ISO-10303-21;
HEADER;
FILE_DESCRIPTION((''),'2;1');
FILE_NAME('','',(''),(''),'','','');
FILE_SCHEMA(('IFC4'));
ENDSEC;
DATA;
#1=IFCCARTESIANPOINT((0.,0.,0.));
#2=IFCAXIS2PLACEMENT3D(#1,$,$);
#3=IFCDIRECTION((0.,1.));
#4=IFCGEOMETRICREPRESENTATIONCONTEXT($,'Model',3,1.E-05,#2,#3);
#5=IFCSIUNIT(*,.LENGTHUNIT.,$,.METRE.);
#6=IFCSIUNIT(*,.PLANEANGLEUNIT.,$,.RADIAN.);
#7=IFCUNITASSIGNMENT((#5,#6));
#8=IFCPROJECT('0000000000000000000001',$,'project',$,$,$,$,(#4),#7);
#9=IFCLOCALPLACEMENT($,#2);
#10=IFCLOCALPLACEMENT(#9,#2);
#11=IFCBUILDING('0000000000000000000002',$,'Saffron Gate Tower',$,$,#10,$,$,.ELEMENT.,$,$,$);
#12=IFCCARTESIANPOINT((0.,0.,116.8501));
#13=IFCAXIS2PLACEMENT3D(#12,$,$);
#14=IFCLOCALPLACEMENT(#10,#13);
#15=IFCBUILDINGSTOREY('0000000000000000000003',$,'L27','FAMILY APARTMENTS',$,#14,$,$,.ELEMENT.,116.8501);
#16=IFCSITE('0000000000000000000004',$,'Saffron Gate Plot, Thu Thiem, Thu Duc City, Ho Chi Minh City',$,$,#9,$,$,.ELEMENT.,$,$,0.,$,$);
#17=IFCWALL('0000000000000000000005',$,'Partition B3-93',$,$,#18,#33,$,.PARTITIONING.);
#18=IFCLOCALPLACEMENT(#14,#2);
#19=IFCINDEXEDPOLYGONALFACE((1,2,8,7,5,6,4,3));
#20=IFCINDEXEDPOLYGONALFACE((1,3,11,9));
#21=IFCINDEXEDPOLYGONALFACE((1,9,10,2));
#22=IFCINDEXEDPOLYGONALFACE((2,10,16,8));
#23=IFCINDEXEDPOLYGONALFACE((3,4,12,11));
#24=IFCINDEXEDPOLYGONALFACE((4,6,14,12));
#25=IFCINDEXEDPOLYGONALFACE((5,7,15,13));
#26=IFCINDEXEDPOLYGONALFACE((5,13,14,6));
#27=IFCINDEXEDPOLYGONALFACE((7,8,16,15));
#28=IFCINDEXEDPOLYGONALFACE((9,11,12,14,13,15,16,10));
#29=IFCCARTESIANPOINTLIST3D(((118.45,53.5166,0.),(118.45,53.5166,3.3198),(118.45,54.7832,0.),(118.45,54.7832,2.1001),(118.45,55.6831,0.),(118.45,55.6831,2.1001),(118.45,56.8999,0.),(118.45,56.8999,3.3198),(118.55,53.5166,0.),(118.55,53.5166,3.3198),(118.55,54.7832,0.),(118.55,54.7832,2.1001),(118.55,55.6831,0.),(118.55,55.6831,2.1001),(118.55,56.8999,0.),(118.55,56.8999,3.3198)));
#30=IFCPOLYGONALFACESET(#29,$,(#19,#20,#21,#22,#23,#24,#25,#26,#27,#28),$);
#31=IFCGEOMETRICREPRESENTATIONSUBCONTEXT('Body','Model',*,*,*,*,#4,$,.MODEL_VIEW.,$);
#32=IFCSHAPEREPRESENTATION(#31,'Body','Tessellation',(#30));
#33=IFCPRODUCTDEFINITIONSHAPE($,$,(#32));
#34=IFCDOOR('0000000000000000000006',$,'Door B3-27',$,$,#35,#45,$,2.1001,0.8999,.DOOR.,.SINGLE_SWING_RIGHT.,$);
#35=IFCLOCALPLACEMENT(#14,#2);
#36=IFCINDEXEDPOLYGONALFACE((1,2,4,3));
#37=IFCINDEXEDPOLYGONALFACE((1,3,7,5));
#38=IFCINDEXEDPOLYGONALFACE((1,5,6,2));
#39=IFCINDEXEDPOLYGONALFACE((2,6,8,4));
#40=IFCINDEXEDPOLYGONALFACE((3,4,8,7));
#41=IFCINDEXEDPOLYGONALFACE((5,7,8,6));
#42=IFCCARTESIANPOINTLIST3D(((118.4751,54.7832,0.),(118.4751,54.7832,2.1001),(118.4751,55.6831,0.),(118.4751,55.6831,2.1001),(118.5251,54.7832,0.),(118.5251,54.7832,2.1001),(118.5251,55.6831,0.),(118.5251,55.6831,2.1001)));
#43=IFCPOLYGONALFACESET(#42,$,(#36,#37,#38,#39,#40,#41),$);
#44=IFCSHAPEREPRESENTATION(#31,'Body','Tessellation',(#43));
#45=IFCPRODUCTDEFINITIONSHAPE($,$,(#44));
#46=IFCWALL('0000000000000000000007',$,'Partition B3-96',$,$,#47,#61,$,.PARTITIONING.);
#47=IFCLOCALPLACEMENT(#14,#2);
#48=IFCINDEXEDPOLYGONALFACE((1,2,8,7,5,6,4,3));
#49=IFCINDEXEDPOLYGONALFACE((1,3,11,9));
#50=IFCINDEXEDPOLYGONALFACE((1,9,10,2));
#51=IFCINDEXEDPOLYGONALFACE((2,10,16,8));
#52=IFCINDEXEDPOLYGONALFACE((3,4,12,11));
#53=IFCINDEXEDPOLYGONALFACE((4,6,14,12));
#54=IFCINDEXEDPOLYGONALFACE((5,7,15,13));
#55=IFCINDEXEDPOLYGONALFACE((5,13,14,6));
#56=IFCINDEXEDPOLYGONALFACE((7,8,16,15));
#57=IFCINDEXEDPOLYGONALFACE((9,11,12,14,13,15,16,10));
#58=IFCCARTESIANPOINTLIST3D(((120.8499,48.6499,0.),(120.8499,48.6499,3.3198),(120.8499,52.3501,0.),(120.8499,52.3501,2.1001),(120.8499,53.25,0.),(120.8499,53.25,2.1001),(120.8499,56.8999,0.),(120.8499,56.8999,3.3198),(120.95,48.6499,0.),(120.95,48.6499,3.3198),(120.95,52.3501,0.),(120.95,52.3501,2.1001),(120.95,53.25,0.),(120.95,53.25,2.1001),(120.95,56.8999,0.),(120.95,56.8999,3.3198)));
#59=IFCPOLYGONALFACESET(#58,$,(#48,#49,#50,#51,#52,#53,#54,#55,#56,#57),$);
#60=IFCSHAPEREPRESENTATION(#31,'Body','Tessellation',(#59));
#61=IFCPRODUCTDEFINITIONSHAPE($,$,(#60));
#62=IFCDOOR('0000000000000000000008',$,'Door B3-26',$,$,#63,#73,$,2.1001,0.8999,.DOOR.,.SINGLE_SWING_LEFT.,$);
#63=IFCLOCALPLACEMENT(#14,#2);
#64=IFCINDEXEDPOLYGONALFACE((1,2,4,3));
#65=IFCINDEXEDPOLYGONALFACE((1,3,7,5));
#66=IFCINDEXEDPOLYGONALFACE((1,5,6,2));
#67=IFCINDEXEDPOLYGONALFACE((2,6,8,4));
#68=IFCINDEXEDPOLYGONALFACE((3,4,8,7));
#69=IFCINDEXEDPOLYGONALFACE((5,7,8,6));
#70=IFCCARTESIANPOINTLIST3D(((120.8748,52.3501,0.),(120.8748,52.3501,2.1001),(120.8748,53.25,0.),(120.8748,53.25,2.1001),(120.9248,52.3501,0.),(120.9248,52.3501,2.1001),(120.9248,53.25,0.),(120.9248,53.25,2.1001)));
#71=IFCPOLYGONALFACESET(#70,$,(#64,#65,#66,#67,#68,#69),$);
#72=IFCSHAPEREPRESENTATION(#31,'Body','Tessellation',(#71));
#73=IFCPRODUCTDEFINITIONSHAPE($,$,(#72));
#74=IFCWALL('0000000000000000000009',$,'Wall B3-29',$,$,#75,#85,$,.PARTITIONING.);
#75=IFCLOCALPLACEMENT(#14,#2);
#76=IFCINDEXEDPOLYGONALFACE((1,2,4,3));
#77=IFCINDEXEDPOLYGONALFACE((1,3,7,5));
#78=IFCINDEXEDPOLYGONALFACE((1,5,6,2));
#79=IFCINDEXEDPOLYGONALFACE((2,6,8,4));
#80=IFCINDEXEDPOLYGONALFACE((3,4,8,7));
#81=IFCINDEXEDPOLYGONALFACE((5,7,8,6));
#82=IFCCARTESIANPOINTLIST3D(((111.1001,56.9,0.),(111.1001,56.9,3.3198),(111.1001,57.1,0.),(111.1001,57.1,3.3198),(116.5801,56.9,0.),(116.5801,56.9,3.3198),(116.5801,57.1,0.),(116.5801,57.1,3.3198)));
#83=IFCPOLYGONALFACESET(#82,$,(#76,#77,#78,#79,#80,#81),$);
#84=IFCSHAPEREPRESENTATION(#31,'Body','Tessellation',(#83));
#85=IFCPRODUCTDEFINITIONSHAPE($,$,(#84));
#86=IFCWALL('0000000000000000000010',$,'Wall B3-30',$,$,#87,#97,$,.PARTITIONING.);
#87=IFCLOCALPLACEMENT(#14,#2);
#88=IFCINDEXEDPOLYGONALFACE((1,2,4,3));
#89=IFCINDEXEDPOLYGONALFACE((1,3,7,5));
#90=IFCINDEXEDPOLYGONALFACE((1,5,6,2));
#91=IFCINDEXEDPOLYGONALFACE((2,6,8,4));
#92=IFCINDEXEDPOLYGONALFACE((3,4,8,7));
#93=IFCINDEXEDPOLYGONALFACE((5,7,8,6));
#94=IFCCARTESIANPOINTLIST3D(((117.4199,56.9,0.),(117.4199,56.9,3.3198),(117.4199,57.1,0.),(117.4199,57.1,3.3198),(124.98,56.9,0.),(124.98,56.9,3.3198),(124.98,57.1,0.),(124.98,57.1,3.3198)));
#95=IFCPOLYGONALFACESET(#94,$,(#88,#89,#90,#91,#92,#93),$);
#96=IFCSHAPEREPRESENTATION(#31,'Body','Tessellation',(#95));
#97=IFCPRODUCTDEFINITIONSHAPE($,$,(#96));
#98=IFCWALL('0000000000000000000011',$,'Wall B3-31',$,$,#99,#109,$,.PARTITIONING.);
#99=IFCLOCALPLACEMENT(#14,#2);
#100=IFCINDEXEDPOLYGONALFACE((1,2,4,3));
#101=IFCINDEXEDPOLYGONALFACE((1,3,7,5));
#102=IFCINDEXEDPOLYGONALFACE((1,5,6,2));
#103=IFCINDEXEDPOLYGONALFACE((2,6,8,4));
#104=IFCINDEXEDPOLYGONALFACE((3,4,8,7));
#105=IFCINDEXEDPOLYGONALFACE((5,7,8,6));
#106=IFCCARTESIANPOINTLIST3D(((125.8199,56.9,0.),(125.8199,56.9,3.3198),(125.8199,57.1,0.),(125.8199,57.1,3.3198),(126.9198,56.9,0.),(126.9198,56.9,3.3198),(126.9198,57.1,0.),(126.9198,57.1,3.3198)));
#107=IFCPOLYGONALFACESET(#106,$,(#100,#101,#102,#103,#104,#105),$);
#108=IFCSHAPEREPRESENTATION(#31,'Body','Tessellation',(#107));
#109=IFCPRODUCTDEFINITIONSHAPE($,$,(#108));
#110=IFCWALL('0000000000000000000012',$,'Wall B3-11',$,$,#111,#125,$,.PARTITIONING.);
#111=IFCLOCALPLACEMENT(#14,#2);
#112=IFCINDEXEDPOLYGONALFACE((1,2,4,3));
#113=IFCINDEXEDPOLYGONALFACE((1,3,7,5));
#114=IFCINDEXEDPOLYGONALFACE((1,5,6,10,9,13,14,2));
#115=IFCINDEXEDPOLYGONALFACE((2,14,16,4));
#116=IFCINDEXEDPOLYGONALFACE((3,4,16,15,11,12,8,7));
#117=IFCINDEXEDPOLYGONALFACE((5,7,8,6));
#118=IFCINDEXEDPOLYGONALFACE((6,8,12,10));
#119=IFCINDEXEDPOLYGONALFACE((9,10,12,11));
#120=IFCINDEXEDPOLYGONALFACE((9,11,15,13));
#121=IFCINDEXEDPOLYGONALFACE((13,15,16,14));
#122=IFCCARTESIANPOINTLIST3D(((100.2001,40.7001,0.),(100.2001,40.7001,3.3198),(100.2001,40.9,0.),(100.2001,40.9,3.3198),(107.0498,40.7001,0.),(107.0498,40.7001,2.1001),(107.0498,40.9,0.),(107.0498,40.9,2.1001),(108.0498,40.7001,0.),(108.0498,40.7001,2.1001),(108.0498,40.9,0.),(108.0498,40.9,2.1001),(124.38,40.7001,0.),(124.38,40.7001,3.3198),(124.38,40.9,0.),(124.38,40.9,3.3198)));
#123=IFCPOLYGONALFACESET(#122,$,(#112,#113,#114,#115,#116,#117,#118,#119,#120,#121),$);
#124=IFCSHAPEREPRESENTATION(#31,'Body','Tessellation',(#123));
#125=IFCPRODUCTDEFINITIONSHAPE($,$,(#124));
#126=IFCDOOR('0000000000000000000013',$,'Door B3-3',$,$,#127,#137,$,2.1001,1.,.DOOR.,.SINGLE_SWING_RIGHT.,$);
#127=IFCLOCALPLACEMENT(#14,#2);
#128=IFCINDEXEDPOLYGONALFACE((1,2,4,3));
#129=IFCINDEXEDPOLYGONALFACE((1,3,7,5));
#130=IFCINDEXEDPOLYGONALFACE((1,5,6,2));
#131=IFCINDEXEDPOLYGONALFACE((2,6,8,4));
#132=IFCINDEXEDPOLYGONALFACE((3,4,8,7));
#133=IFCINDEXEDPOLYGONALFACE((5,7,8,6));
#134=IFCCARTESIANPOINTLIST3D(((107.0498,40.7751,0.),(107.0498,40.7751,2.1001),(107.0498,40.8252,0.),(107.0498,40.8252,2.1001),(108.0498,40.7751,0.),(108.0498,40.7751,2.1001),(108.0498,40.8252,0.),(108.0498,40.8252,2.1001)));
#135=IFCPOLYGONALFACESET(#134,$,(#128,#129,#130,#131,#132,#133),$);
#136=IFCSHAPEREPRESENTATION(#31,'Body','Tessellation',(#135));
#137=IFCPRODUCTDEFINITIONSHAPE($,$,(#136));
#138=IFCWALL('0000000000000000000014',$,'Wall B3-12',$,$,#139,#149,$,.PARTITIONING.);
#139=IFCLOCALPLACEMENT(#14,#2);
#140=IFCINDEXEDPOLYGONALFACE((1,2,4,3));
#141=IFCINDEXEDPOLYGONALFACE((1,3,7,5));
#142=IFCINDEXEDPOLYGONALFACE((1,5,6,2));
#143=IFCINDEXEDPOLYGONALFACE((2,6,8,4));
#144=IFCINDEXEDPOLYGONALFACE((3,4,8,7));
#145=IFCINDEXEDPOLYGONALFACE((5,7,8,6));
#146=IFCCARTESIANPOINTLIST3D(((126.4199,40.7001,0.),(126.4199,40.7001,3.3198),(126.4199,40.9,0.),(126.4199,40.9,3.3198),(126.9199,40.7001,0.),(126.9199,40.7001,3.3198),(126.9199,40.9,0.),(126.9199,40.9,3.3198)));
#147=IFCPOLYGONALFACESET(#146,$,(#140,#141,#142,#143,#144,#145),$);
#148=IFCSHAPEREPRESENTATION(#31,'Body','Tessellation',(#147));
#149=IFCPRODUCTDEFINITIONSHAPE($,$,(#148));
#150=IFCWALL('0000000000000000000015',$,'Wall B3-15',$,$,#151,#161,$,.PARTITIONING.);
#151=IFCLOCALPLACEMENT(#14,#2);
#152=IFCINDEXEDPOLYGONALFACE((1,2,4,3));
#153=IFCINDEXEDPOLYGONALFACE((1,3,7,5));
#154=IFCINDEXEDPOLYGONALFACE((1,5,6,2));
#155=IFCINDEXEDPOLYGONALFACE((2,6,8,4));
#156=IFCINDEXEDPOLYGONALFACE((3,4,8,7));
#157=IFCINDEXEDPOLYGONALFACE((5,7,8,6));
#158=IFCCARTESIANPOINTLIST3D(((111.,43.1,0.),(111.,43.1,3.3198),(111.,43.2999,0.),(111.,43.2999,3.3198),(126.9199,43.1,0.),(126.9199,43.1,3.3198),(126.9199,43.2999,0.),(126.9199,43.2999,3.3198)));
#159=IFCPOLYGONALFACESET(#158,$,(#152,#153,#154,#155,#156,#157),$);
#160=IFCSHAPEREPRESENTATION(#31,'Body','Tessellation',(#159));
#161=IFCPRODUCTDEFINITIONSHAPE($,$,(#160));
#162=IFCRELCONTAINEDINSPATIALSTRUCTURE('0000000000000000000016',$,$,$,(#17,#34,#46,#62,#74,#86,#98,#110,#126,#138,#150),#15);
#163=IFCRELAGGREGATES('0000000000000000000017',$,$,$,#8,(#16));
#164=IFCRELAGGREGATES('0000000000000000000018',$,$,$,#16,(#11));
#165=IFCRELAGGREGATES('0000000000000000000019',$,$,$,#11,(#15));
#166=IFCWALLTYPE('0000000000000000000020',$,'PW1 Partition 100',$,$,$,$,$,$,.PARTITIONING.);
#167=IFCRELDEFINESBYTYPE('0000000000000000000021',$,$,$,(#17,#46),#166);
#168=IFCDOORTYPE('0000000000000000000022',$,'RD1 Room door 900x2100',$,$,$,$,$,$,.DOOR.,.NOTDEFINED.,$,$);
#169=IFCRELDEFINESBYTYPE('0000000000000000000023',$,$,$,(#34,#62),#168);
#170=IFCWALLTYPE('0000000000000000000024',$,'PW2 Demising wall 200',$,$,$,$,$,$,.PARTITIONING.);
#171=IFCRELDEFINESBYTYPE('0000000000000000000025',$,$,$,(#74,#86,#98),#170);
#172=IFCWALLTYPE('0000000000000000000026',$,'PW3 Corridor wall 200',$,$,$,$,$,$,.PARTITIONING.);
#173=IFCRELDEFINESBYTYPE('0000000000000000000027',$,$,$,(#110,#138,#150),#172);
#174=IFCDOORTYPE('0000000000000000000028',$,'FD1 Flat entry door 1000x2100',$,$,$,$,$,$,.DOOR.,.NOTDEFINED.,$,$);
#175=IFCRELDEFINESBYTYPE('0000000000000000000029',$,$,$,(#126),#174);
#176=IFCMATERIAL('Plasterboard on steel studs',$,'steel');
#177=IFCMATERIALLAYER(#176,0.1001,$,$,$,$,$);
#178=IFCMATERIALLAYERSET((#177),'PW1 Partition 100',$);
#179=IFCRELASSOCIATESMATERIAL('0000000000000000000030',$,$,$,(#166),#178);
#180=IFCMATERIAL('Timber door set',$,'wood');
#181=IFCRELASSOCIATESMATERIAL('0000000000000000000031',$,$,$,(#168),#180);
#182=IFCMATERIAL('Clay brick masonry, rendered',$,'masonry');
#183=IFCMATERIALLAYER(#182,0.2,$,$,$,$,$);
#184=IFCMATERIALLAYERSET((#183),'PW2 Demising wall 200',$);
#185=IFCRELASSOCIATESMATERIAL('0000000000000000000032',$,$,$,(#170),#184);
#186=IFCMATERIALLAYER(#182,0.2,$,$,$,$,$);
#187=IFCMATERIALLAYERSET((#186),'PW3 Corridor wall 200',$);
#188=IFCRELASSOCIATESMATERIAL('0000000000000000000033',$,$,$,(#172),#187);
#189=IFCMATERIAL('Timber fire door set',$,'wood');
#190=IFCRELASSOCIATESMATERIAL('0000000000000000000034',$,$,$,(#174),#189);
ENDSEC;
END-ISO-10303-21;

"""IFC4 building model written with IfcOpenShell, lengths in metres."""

from ifc_helpers import new_model, si_unit, direction, frame, frame_2d, origin, place, context, subcontext, project, spatial, rectangle, extrude, material, layer, layer_set, type_object, element, fill, save


model = new_model("IFC4")

# Units and contexts
model_context = context("Model", 3, precision=1e-05, world=origin(), true_north=direction((0.0, 1.0)))
body_context = subcontext(model_context, "Body", "Model", "MODEL_VIEW")
ifc_project = project(units=[si_unit("LENGTHUNIT", "METRE"), si_unit("PLANEANGLEUNIT", "RADIAN")], contexts=[model_context])

# Site, building, storey
site_placement = place(None, origin())
site = spatial("IfcSite", under=ifc_project, at=site_placement, Name="Saffron Gate Plot, Thu Thiem, Thu Duc City, Ho Chi Minh City", CompositionType="ELEMENT", RefElevation=0.0)
building_placement = place(site_placement, origin())
building = spatial("IfcBuilding", under=site, at=building_placement, Name="Saffron Gate Tower", CompositionType="ELEMENT")
storey_placement = place(building_placement, frame((0.0, 0.0, 116.8501)))
storey = spatial("IfcBuildingStorey", under=building, at=storey_placement, Name="L27", Description="FAMILY APARTMENTS", CompositionType="ELEMENT", Elevation=116.8501)

# Shared definitions
ifc_material_1 = material(Name="Plasterboard on steel studs", Category="steel")
ifc_layer_1 = layer(ifc_material_1, 0.1001)
ifc_layer_set_1 = layer_set([ifc_layer_1], Name="PW1 Partition 100")
wall_type_1 = type_object("IfcWallType", Name="PW1 Partition 100", PredefinedType="PARTITIONING", material=ifc_layer_set_1)

# Shared definitions
ifc_material_2 = material(Name="Timber door set", Category="wood")

# Walls, openings, doors
wall_1_placement = place(storey_placement, frame((118.5, 53.5166, 0.0), z_axis=(0.0, 0.0, 1.0), x_axis=(0.0, 1.0, 0.0)))
wall_1 = element("IfcWall", 1, at=wall_1_placement, inside=storey, type_object=wall_type_1, Name="Partition B3-93", PredefinedType="PARTITIONING", context=body_context, shape_type="SweptSolid", body=[
    extrude(rectangle(XDim=3.3833, YDim=0.1001, at=frame_2d((1.6917, 0.0))), origin(), (0.0, 0.0, 1.0), 3.3198),
])
opening_1_placement = place(wall_1_placement, frame((1.2666, 0.0, 0.0)))
opening_1 = element("IfcOpeningElement", 2, at=opening_1_placement, cuts=wall_1, PredefinedType="OPENING", context=body_context, shape_type="SweptSolid", body=[
    extrude(rectangle(XDim=0.8999, YDim=2.1001, at=frame_2d((0.45, 1.05))), frame((0.0, 0.0601, 0.0), z_axis=(0.0, -1.0, 0.0), x_axis=(1.0, 0.0, 0.0)), (0.0, 0.0, 1.0), 0.1201),
])
door_type_1 = type_object("IfcDoorType", Name="RD1 Room door 900x2100", OperationType="NOTDEFINED", PredefinedType="DOOR", material=ifc_material_2)
door_1_placement = place(opening_1_placement, origin())
door_1 = element("IfcDoor", 3, at=door_1_placement, inside=storey, type_object=door_type_1, Name="Door B3-27", OperationType="SINGLE_SWING_RIGHT", OverallHeight=2.1001, OverallWidth=0.8999, PredefinedType="DOOR", context=body_context, shape_type="SweptSolid", body=[
    extrude(rectangle(XDim=0.8999, YDim=2.1001, at=frame_2d((0.45, 1.05))), frame((0.0, 0.0249, 0.0), z_axis=(0.0, -1.0, 0.0), x_axis=(1.0, 0.0, 0.0)), (0.0, 0.0, 1.0), 0.05),
])
fill(opening_1, door_1)
wall_2_placement = place(storey_placement, frame((120.8999, 56.8999, 0.0), z_axis=(0.0, 0.0, 1.0), x_axis=(0.0, -1.0, 0.0)))
wall_2 = element("IfcWall", 4, at=wall_2_placement, inside=storey, type_object=wall_type_1, Name="Partition B3-96", PredefinedType="PARTITIONING", context=body_context, shape_type="SweptSolid", body=[
    extrude(rectangle(XDim=8.25, YDim=0.1001, at=frame_2d((4.125, 0.0))), origin(), (0.0, 0.0, 1.0), 3.3198),
])
opening_2_placement = place(wall_2_placement, frame((3.6499, 0.0, 0.0)))
opening_2 = element("IfcOpeningElement", 5, at=opening_2_placement, cuts=wall_2, PredefinedType="OPENING", context=body_context, shape_type="SweptSolid", body=[
    extrude(rectangle(XDim=0.8999, YDim=2.1001, at=frame_2d((0.45, 1.05))), frame((0.0, 0.0601, 0.0), z_axis=(0.0, -1.0, 0.0), x_axis=(1.0, 0.0, 0.0)), (0.0, 0.0, 1.0), 0.1201),
])
door_2_placement = place(opening_2_placement, origin())
door_2 = element("IfcDoor", 6, at=door_2_placement, inside=storey, type_object=door_type_1, Name="Door B3-26", OperationType="SINGLE_SWING_LEFT", OverallHeight=2.1001, OverallWidth=0.8999, PredefinedType="DOOR", context=body_context, shape_type="SweptSolid", body=[
    extrude(rectangle(XDim=0.8999, YDim=2.1001, at=frame_2d((0.45, 1.05))), frame((0.0, 0.0249, 0.0), z_axis=(0.0, -1.0, 0.0), x_axis=(1.0, 0.0, 0.0)), (0.0, 0.0, 1.0), 0.05),
])
fill(opening_2, door_2)

# Walls
ifc_material_3 = material(Name="Clay brick masonry, rendered", Category="masonry")
ifc_layer_2 = layer(ifc_material_3, 0.2)
ifc_layer_set_2 = layer_set([ifc_layer_2], Name="PW2 Demising wall 200")
wall_type_2 = type_object("IfcWallType", Name="PW2 Demising wall 200", PredefinedType="PARTITIONING", material=ifc_layer_set_2)
wall_3_placement = place(storey_placement, frame((111.1001, 57.0, 0.0), z_axis=(0.0, 0.0, 1.0), x_axis=(1.0, 0.0, 0.0)))
element("IfcWall", 7, at=wall_3_placement, inside=storey, type_object=wall_type_2, Name="Wall B3-29", PredefinedType="PARTITIONING", context=body_context, shape_type="SweptSolid", body=[
    extrude(rectangle(XDim=5.48, YDim=0.2, at=frame_2d((2.74, 0.0))), origin(), (0.0, 0.0, 1.0), 3.3198),
])
wall_4_placement = place(storey_placement, frame((117.4199, 57.0, 0.0), z_axis=(0.0, 0.0, 1.0), x_axis=(1.0, 0.0, 0.0)))
element("IfcWall", 8, at=wall_4_placement, inside=storey, type_object=wall_type_2, Name="Wall B3-30", PredefinedType="PARTITIONING", context=body_context, shape_type="SweptSolid", body=[
    extrude(rectangle(XDim=7.5601, YDim=0.2, at=frame_2d((3.78, 0.0))), origin(), (0.0, 0.0, 1.0), 3.3198),
])
wall_5_placement = place(storey_placement, frame((125.8201, 57.0, 0.0), z_axis=(0.0, 0.0, 1.0), x_axis=(1.0, 0.0, 0.0)))
element("IfcWall", 9, at=wall_5_placement, inside=storey, type_object=wall_type_2, Name="Wall B3-31", PredefinedType="PARTITIONING", context=body_context, shape_type="SweptSolid", body=[
    extrude(rectangle(XDim=1.0999, YDim=0.2, at=frame_2d((0.5498, 0.0))), origin(), (0.0, 0.0, 1.0), 3.3198),
])

# Wall, opening, door
ifc_layer_3 = layer(ifc_material_3, 0.2)
ifc_layer_set_3 = layer_set([ifc_layer_3], Name="PW3 Corridor wall 200")
wall_type_3 = type_object("IfcWallType", Name="PW3 Corridor wall 200", PredefinedType="PARTITIONING", material=ifc_layer_set_3)
wall_6_placement = place(storey_placement, frame((124.3799, 40.8, 0.0), z_axis=(0.0, 0.0, 1.0), x_axis=(-1.0, 0.0, 0.0)))
wall_6 = element("IfcWall", 10, at=wall_6_placement, inside=storey, type_object=wall_type_3, Name="Wall B3-11", PredefinedType="PARTITIONING", context=body_context, shape_type="SweptSolid", body=[
    extrude(rectangle(XDim=24.1799, YDim=0.2, at=frame_2d((12.0898, 0.0))), origin(), (0.0, 0.0, 1.0), 3.3198),
])
opening_3_placement = place(wall_6_placement, frame((16.3301, 0.0, 0.0)))
opening_3 = element("IfcOpeningElement", 11, at=opening_3_placement, cuts=wall_6, PredefinedType="OPENING", context=body_context, shape_type="SweptSolid", body=[
    extrude(rectangle(XDim=1.0, YDim=2.1001, at=frame_2d((0.5, 1.05))), frame((0.0, 0.1099, 0.0), z_axis=(0.0, -1.0, 0.0), x_axis=(1.0, 0.0, 0.0)), (0.0, 0.0, 1.0), 0.22),
])
ifc_material_4 = material(Name="Timber fire door set", Category="wood")
door_type_2 = type_object("IfcDoorType", Name="FD1 Flat entry door 1000x2100", OperationType="NOTDEFINED", PredefinedType="DOOR", material=ifc_material_4)
door_3_placement = place(opening_3_placement, origin())
door_3 = element("IfcDoor", 12, at=door_3_placement, inside=storey, type_object=door_type_2, Name="Door B3-3", OperationType="SINGLE_SWING_RIGHT", OverallHeight=2.1001, OverallWidth=1.0, PredefinedType="DOOR", context=body_context, shape_type="SweptSolid", body=[
    extrude(rectangle(XDim=1.0, YDim=2.1001, at=frame_2d((0.5, 1.05))), frame((0.0, 0.0249, 0.0), z_axis=(0.0, -1.0, 0.0), x_axis=(1.0, 0.0, 0.0)), (0.0, 0.0, 1.0), 0.05),
])
fill(opening_3, door_3)

# Walls
wall_7_placement = place(storey_placement, frame((126.4199, 40.8, 0.0), z_axis=(0.0, 0.0, 1.0), x_axis=(1.0, 0.0, 0.0)))
element("IfcWall", 13, at=wall_7_placement, inside=storey, type_object=wall_type_3, Name="Wall B3-12", PredefinedType="PARTITIONING", context=body_context, shape_type="SweptSolid", body=[
    extrude(rectangle(XDim=0.5, YDim=0.2, at=frame_2d((0.25, 0.0))), origin(), (0.0, 0.0, 1.0), 3.3198),
])
wall_8_placement = place(storey_placement, frame((111.0, 43.2, 0.0), z_axis=(0.0, 0.0, 1.0), x_axis=(1.0, 0.0, 0.0)))
element("IfcWall", 14, at=wall_8_placement, inside=storey, type_object=wall_type_3, Name="Wall B3-15", PredefinedType="PARTITIONING", context=body_context, shape_type="SweptSolid", body=[
    extrude(rectangle(XDim=15.9199, YDim=0.2, at=frame_2d((7.96, 0.0))), origin(), (0.0, 0.0, 1.0), 3.3198),
])

save(model, "model.ifc")
